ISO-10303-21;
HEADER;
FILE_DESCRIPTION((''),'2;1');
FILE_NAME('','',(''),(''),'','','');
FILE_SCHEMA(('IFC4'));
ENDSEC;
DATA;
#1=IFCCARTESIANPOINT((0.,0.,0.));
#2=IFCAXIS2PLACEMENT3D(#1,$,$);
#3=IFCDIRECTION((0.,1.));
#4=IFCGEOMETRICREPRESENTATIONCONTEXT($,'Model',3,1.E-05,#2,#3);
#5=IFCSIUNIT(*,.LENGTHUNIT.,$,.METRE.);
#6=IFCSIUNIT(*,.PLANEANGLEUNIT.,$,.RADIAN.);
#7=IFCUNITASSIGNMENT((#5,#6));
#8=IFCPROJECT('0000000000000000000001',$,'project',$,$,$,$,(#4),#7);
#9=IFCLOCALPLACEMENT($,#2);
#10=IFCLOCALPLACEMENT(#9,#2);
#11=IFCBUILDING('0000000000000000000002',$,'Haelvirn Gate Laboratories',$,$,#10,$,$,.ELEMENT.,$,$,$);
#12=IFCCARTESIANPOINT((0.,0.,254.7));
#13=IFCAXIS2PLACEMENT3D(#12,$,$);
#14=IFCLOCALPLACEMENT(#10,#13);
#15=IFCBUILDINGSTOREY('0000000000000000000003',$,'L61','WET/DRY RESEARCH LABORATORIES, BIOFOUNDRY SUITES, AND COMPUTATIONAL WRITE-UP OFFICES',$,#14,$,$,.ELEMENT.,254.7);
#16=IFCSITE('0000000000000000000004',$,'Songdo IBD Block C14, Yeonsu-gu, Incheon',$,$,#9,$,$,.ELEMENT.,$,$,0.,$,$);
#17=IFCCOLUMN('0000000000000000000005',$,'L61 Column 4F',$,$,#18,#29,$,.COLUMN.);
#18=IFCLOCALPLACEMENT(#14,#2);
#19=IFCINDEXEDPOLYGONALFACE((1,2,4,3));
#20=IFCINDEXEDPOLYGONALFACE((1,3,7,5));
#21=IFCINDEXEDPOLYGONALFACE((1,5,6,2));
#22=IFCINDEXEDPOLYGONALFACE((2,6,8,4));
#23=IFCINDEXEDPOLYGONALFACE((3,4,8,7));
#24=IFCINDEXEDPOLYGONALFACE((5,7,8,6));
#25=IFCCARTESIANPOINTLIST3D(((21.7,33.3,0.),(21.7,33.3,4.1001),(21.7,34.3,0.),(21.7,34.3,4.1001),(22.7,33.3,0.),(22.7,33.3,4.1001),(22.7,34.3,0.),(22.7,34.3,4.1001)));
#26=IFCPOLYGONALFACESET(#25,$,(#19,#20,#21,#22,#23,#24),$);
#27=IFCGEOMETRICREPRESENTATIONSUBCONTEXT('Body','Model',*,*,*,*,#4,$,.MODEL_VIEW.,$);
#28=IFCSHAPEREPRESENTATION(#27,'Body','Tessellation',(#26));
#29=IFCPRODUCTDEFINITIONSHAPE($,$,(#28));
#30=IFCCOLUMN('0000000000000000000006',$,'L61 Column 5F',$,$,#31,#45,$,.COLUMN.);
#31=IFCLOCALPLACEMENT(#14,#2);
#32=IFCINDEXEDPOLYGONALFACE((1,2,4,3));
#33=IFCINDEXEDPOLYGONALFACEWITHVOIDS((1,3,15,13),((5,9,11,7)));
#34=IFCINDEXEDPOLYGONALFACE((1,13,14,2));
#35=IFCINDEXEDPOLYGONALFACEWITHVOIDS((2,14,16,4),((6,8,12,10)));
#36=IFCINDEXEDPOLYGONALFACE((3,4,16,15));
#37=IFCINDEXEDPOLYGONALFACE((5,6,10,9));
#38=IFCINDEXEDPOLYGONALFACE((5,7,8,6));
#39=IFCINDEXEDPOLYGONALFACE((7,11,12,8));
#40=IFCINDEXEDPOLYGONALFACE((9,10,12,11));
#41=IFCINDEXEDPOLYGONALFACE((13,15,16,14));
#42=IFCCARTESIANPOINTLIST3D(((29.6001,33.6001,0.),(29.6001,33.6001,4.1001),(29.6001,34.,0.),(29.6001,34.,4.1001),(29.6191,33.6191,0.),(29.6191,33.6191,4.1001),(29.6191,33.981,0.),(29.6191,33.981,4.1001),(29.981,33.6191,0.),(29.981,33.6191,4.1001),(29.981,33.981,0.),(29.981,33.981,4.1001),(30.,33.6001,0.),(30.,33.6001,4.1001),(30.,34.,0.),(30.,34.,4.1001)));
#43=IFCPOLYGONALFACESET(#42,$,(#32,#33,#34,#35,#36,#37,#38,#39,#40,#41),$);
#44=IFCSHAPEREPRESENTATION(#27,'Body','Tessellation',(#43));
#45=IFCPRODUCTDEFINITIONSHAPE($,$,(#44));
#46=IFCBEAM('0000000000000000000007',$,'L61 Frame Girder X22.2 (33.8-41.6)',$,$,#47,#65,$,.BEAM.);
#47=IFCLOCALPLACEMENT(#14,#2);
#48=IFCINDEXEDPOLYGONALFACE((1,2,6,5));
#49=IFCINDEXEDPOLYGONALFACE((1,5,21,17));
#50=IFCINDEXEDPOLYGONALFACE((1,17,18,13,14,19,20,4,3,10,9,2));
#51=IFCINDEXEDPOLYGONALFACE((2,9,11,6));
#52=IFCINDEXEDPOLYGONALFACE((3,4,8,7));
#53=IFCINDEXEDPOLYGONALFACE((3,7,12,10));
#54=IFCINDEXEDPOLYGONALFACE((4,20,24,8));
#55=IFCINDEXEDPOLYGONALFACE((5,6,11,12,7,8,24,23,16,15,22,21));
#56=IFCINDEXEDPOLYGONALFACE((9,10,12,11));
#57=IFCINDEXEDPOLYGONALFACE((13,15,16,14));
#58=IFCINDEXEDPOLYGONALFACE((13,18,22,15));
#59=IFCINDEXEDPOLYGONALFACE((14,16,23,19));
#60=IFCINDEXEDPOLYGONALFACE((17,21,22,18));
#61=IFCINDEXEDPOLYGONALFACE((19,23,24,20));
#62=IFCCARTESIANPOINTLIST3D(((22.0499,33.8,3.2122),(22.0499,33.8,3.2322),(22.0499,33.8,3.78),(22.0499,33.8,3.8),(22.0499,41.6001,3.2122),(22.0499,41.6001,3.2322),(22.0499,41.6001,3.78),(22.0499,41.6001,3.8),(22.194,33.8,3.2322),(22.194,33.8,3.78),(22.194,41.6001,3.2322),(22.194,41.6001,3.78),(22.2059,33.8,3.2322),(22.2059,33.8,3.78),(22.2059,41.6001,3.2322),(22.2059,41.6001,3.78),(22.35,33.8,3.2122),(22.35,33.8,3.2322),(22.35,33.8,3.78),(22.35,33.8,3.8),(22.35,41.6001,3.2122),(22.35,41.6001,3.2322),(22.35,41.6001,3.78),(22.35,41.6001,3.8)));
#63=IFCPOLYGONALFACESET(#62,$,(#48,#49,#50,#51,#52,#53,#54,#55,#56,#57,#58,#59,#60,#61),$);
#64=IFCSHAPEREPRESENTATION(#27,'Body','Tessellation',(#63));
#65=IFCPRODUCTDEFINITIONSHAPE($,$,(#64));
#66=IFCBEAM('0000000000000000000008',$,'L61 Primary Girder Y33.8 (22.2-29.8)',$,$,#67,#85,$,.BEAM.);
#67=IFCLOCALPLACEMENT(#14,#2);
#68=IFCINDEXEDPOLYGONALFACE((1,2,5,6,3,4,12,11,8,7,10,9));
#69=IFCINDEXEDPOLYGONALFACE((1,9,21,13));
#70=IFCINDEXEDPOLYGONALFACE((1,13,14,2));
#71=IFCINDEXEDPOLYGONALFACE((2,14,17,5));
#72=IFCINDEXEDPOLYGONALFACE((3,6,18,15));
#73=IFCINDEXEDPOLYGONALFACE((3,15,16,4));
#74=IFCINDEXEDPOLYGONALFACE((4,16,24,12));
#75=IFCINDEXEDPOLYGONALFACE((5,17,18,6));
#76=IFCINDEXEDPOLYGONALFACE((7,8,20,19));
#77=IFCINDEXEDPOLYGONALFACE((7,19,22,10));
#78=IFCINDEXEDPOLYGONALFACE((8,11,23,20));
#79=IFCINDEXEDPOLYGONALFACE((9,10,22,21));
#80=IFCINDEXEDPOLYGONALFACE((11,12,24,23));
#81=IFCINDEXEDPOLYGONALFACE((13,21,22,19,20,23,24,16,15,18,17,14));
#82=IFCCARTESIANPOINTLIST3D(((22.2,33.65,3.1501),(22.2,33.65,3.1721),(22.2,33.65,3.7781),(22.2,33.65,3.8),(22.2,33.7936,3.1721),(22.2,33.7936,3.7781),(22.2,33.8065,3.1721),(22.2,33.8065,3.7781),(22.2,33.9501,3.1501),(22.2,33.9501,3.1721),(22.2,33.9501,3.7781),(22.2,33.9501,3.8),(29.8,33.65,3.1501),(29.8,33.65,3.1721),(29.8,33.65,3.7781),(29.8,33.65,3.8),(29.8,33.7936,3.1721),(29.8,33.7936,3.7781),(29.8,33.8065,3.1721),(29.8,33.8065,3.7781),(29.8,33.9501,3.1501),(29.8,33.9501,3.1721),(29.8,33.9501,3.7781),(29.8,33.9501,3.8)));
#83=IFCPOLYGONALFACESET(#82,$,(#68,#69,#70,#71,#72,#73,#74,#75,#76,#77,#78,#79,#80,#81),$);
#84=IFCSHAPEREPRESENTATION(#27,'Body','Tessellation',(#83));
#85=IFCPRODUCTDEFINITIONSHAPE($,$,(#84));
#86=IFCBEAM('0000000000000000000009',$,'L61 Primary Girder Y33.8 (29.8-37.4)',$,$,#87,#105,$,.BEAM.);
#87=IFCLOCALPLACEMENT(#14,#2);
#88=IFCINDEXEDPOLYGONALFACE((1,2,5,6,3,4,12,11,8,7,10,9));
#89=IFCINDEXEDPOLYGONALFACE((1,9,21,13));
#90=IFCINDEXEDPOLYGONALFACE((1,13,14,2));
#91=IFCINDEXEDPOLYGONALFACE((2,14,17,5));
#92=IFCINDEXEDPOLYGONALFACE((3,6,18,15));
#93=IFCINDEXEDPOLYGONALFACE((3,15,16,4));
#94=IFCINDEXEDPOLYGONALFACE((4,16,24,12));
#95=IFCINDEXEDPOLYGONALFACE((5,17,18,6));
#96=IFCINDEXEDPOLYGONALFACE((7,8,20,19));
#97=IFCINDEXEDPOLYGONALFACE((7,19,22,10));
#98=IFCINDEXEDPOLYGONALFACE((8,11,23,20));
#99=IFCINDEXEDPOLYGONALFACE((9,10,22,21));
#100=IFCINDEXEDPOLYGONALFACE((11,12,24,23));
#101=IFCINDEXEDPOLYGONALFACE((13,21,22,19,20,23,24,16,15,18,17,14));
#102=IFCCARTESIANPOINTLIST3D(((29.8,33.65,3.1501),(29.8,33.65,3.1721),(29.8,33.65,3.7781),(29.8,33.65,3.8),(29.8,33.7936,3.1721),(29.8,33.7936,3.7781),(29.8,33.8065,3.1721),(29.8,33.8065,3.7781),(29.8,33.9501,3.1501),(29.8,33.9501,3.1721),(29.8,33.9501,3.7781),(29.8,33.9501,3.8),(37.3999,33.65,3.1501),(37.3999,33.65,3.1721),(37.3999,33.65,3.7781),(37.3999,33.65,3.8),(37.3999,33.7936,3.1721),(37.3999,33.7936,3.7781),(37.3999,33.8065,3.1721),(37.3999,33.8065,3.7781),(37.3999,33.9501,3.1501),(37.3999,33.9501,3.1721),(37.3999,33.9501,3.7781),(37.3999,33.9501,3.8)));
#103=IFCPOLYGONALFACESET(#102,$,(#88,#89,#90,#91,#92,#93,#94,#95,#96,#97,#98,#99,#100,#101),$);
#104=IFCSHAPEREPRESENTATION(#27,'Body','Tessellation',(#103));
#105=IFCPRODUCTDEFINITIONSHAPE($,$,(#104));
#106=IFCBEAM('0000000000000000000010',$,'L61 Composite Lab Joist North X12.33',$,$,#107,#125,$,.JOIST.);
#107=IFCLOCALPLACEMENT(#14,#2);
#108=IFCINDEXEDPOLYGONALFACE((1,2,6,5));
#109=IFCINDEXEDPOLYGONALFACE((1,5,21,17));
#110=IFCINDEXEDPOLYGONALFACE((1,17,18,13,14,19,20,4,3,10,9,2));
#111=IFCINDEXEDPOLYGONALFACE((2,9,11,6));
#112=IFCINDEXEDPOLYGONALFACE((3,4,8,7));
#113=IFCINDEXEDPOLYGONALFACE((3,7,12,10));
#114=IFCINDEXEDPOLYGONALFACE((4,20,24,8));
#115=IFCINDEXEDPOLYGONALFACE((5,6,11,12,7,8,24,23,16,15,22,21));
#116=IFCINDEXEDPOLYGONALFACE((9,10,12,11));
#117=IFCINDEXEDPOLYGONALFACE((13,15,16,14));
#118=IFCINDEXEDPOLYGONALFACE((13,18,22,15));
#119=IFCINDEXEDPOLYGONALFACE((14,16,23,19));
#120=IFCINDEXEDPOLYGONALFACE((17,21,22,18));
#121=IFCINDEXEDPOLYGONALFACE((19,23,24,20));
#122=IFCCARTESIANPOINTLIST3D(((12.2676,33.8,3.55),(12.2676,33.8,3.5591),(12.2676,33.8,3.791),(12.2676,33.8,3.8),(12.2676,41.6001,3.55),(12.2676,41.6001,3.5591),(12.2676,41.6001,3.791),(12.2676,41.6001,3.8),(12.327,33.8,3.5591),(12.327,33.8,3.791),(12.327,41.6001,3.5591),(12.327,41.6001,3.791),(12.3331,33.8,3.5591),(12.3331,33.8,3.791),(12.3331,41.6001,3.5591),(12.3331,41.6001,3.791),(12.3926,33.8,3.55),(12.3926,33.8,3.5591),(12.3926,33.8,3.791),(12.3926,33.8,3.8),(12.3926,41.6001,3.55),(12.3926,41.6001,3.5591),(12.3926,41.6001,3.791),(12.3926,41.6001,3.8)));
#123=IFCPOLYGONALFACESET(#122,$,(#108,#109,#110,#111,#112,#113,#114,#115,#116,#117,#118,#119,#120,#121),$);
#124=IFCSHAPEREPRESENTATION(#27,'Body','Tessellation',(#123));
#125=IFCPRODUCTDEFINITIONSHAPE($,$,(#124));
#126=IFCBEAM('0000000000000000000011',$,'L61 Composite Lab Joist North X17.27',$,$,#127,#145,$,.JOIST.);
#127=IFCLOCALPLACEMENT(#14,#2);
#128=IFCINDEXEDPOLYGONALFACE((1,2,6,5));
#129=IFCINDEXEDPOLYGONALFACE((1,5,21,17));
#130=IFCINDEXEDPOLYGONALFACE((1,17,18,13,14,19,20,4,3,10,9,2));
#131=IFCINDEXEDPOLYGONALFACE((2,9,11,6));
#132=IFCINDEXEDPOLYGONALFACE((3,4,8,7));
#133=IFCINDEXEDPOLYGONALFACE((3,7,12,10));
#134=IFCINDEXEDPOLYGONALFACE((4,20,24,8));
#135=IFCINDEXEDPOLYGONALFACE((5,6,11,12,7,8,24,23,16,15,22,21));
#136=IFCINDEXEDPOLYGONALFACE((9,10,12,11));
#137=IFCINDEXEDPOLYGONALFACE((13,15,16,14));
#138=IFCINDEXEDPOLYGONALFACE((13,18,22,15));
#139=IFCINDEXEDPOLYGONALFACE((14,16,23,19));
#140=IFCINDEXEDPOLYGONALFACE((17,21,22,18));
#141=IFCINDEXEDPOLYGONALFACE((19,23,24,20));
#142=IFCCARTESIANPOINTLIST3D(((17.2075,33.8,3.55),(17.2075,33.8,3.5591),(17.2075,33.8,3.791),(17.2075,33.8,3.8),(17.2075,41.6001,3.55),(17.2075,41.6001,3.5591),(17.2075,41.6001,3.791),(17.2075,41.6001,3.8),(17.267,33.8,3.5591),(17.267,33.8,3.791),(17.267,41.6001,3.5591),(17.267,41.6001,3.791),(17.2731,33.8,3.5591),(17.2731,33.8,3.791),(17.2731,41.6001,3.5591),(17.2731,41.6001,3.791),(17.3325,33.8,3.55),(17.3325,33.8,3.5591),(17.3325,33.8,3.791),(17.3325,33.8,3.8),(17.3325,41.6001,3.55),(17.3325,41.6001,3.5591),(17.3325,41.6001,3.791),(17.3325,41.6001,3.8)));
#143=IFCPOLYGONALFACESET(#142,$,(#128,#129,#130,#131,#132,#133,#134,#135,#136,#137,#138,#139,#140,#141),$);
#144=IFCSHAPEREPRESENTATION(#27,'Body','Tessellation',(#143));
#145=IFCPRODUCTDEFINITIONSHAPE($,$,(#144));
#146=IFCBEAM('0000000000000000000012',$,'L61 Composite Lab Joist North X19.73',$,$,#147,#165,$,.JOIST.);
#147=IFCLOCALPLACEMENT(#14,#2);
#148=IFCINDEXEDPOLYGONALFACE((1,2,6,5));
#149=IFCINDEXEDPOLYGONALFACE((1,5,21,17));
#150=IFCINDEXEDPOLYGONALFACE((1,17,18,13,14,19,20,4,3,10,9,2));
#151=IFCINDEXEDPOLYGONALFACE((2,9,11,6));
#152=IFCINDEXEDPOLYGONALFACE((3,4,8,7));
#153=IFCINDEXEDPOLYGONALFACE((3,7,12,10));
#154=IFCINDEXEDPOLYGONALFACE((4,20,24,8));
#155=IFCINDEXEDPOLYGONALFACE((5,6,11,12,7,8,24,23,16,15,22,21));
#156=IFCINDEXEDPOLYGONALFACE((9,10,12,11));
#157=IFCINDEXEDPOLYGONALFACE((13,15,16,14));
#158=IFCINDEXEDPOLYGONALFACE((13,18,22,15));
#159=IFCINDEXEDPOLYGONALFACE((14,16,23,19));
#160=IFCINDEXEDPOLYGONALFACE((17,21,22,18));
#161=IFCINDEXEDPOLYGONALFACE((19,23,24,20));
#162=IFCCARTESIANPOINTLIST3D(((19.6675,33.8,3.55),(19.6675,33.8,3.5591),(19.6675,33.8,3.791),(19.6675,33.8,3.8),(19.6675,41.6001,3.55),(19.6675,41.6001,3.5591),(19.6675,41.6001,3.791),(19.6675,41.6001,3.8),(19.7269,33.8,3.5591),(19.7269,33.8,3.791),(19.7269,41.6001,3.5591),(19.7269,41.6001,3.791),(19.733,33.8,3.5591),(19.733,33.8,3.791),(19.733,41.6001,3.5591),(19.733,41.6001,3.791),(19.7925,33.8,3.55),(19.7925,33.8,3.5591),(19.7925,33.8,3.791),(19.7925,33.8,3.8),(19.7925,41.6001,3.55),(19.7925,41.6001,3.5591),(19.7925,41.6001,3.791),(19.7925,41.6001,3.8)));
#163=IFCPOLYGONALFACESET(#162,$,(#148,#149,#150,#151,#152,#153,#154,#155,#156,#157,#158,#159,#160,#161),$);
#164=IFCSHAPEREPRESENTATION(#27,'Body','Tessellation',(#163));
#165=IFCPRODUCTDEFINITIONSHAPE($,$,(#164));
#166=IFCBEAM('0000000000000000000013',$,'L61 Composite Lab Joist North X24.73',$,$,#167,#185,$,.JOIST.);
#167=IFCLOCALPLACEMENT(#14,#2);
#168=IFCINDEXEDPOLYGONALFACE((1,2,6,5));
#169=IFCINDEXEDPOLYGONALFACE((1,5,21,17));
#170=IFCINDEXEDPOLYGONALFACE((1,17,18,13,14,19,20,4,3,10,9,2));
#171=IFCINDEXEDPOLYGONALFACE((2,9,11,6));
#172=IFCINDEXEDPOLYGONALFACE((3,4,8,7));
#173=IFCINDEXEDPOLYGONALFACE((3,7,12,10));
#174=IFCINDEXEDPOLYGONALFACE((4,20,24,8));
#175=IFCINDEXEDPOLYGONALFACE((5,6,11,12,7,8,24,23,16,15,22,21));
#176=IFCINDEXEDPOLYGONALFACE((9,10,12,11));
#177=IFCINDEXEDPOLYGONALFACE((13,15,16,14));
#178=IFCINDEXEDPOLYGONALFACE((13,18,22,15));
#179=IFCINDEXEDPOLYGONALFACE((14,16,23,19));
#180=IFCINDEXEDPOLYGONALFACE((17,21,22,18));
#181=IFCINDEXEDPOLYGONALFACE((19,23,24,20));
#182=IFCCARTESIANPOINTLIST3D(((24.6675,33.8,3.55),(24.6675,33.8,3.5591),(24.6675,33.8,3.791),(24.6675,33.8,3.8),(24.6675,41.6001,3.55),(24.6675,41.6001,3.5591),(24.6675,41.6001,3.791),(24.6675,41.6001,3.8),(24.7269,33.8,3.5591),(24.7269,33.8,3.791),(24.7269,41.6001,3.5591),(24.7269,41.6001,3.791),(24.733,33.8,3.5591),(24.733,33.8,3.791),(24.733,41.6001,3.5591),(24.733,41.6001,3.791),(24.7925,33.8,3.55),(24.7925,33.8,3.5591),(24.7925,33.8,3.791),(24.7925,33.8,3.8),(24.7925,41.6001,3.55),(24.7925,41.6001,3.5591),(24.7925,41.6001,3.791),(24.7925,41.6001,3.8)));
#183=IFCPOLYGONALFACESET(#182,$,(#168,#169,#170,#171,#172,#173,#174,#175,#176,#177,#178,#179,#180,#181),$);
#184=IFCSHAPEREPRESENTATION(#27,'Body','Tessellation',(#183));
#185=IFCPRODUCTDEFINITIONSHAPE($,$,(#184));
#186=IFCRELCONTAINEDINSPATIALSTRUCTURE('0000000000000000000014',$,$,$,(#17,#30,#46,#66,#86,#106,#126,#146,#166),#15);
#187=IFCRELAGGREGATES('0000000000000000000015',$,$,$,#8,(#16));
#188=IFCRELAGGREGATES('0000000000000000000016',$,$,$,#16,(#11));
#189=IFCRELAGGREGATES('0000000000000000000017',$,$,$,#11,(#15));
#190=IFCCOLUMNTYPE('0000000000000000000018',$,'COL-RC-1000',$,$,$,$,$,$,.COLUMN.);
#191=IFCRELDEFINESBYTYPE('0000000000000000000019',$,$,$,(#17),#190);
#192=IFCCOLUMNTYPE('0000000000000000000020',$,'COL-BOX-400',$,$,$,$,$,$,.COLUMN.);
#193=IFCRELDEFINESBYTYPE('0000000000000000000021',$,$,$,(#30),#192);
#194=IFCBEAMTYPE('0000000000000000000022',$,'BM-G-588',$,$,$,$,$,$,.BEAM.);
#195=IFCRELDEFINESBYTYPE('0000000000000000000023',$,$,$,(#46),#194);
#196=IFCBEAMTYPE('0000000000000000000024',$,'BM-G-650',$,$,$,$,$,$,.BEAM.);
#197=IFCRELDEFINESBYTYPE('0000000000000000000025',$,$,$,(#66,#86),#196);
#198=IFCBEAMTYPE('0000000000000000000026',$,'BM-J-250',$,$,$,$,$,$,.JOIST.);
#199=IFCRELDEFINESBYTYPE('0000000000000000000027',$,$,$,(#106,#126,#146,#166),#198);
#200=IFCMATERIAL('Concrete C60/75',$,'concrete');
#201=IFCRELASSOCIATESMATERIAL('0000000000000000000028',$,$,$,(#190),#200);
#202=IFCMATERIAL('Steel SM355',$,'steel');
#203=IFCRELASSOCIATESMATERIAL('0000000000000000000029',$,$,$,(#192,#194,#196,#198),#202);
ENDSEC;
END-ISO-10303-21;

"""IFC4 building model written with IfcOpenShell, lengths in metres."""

from ifc_helpers import new_model, si_unit, direction, frame, origin, origin_2d, place, context, subcontext, project, spatial, rectangle, hollow_rectangle, i_section, extrude, source, transform, mapped, material, material_profile, profile_set, type_object, type_shapes, element, save


model = new_model("IFC4")

# Units and contexts
model_context = context("Model", 3, precision=1e-05, world=origin(), true_north=direction((0.0, 1.0)))
body_context = subcontext(model_context, "Body", "Model", "MODEL_VIEW")
ifc_project = project(units=[si_unit("LENGTHUNIT", "METRE"), si_unit("PLANEANGLEUNIT", "RADIAN")], contexts=[model_context])

# Site, building, storey
site_placement = place(None, origin())
site = spatial("IfcSite", under=ifc_project, at=site_placement, Name="Songdo IBD Block C14, Yeonsu-gu, Incheon", CompositionType="ELEMENT", RefElevation=0.0)
building_placement = place(site_placement, origin())
building = spatial("IfcBuilding", under=site, at=building_placement, Name="Haelvirn Gate Laboratories", CompositionType="ELEMENT")
storey_placement = place(building_placement, frame((0.0, 0.0, 254.7)))
storey = spatial("IfcBuildingStorey", under=building, at=storey_placement, Name="L61", Description="WET/DRY RESEARCH LABORATORIES, BIOFOUNDRY SUITES, AND COMPUTATIONAL WRITE-UP OFFICES", CompositionType="ELEMENT", Elevation=254.7)

# Columns
ifc_material_1 = material(Name="Concrete C60/75", Category="concrete")
ifc_material_profile_1 = material_profile(ifc_material_1, rectangle(XDim=1.0, YDim=1.0, at=origin_2d()), Name="RC-1000x1000")
ifc_profile_set_1 = profile_set([ifc_material_profile_1], Name="Concrete C60/75")
column_type_1 = type_object("IfcColumnType", Name="COL-RC-1000", PredefinedType="COLUMN", material=ifc_profile_set_1)
shared_shape_1 = source(origin(), body_context, "Body", "SweptSolid", [
    extrude(rectangle(XDim=1.0, YDim=1.0, at=origin_2d()), origin(), (0.0, 0.0, 1.0), 4.1001),
])
type_shapes(column_type_1, [shared_shape_1])
column_1_placement = place(storey_placement, frame((22.2, 33.8, 0.0), z_axis=(0.0, 0.0, 1.0), x_axis=(1.0, 0.0, 0.0)))
element("IfcColumn", 1, at=column_1_placement, inside=storey, type_object=column_type_1, Name="L61 Column 4F", PredefinedType="COLUMN", context=body_context, shape_type="MappedRepresentation", body=[
    mapped(shared_shape_1, transform((0.0, 0.0, 0.0), scale=1.0)),
])
ifc_material_2 = material(Name="Steel SM355", Category="steel")
ifc_material_profile_2 = material_profile(ifc_material_2, hollow_rectangle(XDim=0.3999, YDim=0.3999, WallThickness=0.019, at=origin_2d()), Name="BOX-400x400x19")
ifc_profile_set_2 = profile_set([ifc_material_profile_2], Name="Steel SM355")
column_type_2 = type_object("IfcColumnType", Name="COL-BOX-400", PredefinedType="COLUMN", material=ifc_profile_set_2)
shared_shape_2 = source(origin(), body_context, "Body", "SweptSolid", [
    extrude(hollow_rectangle(XDim=0.3999, YDim=0.3999, WallThickness=0.019, at=origin_2d()), origin(), (0.0, 0.0, 1.0), 4.1001),
])
type_shapes(column_type_2, [shared_shape_2])
column_2_placement = place(storey_placement, frame((29.8, 33.8, 0.0), z_axis=(0.0, 0.0, 1.0), x_axis=(1.0, 0.0, 0.0)))
element("IfcColumn", 2, at=column_2_placement, inside=storey, type_object=column_type_2, Name="L61 Column 5F", PredefinedType="COLUMN", context=body_context, shape_type="MappedRepresentation", body=[
    mapped(shared_shape_2, transform((0.0, 0.0, 0.0), scale=1.0)),
])

# Beams
ifc_material_profile_3 = material_profile(ifc_material_2, i_section(OverallWidth=0.3, OverallDepth=0.5879, WebThickness=0.012, FlangeThickness=0.02, at=origin_2d()), Name="H-588x300x12x20")
ifc_profile_set_3 = profile_set([ifc_material_profile_3], Name="Steel SM355")
beam_type_1 = type_object("IfcBeamType", Name="BM-G-588", PredefinedType="BEAM", material=ifc_profile_set_3)
shared_shape_3 = source(origin(), body_context, "Body", "SweptSolid", [
    extrude(i_section(OverallWidth=0.3, OverallDepth=0.5879, WebThickness=0.012, FlangeThickness=0.02, at=origin_2d()), origin(), (0.0, 0.0, 1.0), 7.8),
])
type_shapes(beam_type_1, [shared_shape_3])
beam_1_placement = place(storey_placement, frame((22.2, 33.8, 3.5061), z_axis=(0.0, 1.0, 0.0), x_axis=(-1.0, 0.0, 0.0)))
element("IfcBeam", 3, at=beam_1_placement, inside=storey, type_object=beam_type_1, Name="L61 Frame Girder X22.2 (33.8-41.6)", PredefinedType="BEAM", context=body_context, shape_type="MappedRepresentation", body=[
    mapped(shared_shape_3, transform((0.0, 0.0, 0.0), scale=1.0)),
])
ifc_material_profile_4 = material_profile(ifc_material_2, i_section(OverallWidth=0.3, OverallDepth=0.6499, WebThickness=0.0129, FlangeThickness=0.022, at=origin_2d()), Name="H-650x300x13x22")
ifc_profile_set_4 = profile_set([ifc_material_profile_4], Name="Steel SM355")
beam_type_2 = type_object("IfcBeamType", Name="BM-G-650", PredefinedType="BEAM", material=ifc_profile_set_4)
shared_shape_4 = source(origin(), body_context, "Body", "SweptSolid", [
    extrude(i_section(OverallWidth=0.3, OverallDepth=0.6499, WebThickness=0.0129, FlangeThickness=0.022, at=origin_2d()), origin(), (0.0, 0.0, 1.0), 7.6001),
])
beam_2_placement = place(storey_placement, frame((22.2, 33.8, 3.4751), z_axis=(1.0, 0.0, 0.0), x_axis=(0.0, 1.0, 0.0)))
element("IfcBeam", 4, at=beam_2_placement, inside=storey, type_object=beam_type_2, Name="L61 Primary Girder Y33.8 (22.2-29.8)", PredefinedType="BEAM", context=body_context, shape_type="MappedRepresentation", body=[
    mapped(shared_shape_4, transform((0.0, 0.0, 0.0), scale=1.0)),
])
shared_shape_5 = source(origin(), body_context, "Body", "SweptSolid", [
    extrude(i_section(OverallWidth=0.3, OverallDepth=0.6499, WebThickness=0.0129, FlangeThickness=0.022, at=origin_2d()), origin(), (0.0, 0.0, 1.0), 7.5999),
])
type_shapes(beam_type_2, [shared_shape_4, shared_shape_5])
beam_3_placement = place(storey_placement, frame((29.8, 33.8, 3.4751), z_axis=(1.0, 0.0, 0.0), x_axis=(0.0, 1.0, 0.0)))
element("IfcBeam", 5, at=beam_3_placement, inside=storey, type_object=beam_type_2, Name="L61 Primary Girder Y33.8 (29.8-37.4)", PredefinedType="BEAM", context=body_context, shape_type="MappedRepresentation", body=[
    mapped(shared_shape_5, transform((0.0, 0.0, 0.0), scale=1.0)),
])
ifc_material_profile_5 = material_profile(ifc_material_2, i_section(OverallWidth=0.125, OverallDepth=0.25, WebThickness=0.0061, FlangeThickness=0.009, at=origin_2d()), Name="H-250x125x6x9")
ifc_profile_set_5 = profile_set([ifc_material_profile_5], Name="Steel SM355")
beam_type_3 = type_object("IfcBeamType", Name="BM-J-250", PredefinedType="JOIST", material=ifc_profile_set_5)
shared_shape_6 = source(origin(), body_context, "Body", "SweptSolid", [
    extrude(i_section(OverallWidth=0.125, OverallDepth=0.25, WebThickness=0.0061, FlangeThickness=0.009, at=origin_2d()), origin(), (0.0, 0.0, 1.0), 7.8),
])
type_shapes(beam_type_3, [shared_shape_6])
for number, where, z_axis, x_axis, name in (
    (6, (12.3301, 33.8, 3.675), (0.0, 1.0, 0.0), (-1.0, 0.0, 0.0), "L61 Composite Lab Joist North X12.33"),
    (7, (17.27, 33.8, 3.675), (0.0, 1.0, 0.0), (-1.0, 0.0, 0.0), "L61 Composite Lab Joist North X17.27"),
    (8, (19.73, 33.8, 3.675), (0.0, 1.0, 0.0), (-1.0, 0.0, 0.0), "L61 Composite Lab Joist North X19.73"),
    (9, (24.73, 33.8, 3.675), (0.0, 1.0, 0.0), (-1.0, 0.0, 0.0), "L61 Composite Lab Joist North X24.73"),
):
    element("IfcBeam", number, at=place(storey_placement, frame(where, z_axis=z_axis, x_axis=x_axis)), inside=storey, type_object=beam_type_3, Name=name, PredefinedType="JOIST", context=body_context, shape_type="MappedRepresentation", body=[
        mapped(shared_shape_6, transform((0.0, 0.0, 0.0), scale=1.0)),
    ])

save(model, "model.ifc")
